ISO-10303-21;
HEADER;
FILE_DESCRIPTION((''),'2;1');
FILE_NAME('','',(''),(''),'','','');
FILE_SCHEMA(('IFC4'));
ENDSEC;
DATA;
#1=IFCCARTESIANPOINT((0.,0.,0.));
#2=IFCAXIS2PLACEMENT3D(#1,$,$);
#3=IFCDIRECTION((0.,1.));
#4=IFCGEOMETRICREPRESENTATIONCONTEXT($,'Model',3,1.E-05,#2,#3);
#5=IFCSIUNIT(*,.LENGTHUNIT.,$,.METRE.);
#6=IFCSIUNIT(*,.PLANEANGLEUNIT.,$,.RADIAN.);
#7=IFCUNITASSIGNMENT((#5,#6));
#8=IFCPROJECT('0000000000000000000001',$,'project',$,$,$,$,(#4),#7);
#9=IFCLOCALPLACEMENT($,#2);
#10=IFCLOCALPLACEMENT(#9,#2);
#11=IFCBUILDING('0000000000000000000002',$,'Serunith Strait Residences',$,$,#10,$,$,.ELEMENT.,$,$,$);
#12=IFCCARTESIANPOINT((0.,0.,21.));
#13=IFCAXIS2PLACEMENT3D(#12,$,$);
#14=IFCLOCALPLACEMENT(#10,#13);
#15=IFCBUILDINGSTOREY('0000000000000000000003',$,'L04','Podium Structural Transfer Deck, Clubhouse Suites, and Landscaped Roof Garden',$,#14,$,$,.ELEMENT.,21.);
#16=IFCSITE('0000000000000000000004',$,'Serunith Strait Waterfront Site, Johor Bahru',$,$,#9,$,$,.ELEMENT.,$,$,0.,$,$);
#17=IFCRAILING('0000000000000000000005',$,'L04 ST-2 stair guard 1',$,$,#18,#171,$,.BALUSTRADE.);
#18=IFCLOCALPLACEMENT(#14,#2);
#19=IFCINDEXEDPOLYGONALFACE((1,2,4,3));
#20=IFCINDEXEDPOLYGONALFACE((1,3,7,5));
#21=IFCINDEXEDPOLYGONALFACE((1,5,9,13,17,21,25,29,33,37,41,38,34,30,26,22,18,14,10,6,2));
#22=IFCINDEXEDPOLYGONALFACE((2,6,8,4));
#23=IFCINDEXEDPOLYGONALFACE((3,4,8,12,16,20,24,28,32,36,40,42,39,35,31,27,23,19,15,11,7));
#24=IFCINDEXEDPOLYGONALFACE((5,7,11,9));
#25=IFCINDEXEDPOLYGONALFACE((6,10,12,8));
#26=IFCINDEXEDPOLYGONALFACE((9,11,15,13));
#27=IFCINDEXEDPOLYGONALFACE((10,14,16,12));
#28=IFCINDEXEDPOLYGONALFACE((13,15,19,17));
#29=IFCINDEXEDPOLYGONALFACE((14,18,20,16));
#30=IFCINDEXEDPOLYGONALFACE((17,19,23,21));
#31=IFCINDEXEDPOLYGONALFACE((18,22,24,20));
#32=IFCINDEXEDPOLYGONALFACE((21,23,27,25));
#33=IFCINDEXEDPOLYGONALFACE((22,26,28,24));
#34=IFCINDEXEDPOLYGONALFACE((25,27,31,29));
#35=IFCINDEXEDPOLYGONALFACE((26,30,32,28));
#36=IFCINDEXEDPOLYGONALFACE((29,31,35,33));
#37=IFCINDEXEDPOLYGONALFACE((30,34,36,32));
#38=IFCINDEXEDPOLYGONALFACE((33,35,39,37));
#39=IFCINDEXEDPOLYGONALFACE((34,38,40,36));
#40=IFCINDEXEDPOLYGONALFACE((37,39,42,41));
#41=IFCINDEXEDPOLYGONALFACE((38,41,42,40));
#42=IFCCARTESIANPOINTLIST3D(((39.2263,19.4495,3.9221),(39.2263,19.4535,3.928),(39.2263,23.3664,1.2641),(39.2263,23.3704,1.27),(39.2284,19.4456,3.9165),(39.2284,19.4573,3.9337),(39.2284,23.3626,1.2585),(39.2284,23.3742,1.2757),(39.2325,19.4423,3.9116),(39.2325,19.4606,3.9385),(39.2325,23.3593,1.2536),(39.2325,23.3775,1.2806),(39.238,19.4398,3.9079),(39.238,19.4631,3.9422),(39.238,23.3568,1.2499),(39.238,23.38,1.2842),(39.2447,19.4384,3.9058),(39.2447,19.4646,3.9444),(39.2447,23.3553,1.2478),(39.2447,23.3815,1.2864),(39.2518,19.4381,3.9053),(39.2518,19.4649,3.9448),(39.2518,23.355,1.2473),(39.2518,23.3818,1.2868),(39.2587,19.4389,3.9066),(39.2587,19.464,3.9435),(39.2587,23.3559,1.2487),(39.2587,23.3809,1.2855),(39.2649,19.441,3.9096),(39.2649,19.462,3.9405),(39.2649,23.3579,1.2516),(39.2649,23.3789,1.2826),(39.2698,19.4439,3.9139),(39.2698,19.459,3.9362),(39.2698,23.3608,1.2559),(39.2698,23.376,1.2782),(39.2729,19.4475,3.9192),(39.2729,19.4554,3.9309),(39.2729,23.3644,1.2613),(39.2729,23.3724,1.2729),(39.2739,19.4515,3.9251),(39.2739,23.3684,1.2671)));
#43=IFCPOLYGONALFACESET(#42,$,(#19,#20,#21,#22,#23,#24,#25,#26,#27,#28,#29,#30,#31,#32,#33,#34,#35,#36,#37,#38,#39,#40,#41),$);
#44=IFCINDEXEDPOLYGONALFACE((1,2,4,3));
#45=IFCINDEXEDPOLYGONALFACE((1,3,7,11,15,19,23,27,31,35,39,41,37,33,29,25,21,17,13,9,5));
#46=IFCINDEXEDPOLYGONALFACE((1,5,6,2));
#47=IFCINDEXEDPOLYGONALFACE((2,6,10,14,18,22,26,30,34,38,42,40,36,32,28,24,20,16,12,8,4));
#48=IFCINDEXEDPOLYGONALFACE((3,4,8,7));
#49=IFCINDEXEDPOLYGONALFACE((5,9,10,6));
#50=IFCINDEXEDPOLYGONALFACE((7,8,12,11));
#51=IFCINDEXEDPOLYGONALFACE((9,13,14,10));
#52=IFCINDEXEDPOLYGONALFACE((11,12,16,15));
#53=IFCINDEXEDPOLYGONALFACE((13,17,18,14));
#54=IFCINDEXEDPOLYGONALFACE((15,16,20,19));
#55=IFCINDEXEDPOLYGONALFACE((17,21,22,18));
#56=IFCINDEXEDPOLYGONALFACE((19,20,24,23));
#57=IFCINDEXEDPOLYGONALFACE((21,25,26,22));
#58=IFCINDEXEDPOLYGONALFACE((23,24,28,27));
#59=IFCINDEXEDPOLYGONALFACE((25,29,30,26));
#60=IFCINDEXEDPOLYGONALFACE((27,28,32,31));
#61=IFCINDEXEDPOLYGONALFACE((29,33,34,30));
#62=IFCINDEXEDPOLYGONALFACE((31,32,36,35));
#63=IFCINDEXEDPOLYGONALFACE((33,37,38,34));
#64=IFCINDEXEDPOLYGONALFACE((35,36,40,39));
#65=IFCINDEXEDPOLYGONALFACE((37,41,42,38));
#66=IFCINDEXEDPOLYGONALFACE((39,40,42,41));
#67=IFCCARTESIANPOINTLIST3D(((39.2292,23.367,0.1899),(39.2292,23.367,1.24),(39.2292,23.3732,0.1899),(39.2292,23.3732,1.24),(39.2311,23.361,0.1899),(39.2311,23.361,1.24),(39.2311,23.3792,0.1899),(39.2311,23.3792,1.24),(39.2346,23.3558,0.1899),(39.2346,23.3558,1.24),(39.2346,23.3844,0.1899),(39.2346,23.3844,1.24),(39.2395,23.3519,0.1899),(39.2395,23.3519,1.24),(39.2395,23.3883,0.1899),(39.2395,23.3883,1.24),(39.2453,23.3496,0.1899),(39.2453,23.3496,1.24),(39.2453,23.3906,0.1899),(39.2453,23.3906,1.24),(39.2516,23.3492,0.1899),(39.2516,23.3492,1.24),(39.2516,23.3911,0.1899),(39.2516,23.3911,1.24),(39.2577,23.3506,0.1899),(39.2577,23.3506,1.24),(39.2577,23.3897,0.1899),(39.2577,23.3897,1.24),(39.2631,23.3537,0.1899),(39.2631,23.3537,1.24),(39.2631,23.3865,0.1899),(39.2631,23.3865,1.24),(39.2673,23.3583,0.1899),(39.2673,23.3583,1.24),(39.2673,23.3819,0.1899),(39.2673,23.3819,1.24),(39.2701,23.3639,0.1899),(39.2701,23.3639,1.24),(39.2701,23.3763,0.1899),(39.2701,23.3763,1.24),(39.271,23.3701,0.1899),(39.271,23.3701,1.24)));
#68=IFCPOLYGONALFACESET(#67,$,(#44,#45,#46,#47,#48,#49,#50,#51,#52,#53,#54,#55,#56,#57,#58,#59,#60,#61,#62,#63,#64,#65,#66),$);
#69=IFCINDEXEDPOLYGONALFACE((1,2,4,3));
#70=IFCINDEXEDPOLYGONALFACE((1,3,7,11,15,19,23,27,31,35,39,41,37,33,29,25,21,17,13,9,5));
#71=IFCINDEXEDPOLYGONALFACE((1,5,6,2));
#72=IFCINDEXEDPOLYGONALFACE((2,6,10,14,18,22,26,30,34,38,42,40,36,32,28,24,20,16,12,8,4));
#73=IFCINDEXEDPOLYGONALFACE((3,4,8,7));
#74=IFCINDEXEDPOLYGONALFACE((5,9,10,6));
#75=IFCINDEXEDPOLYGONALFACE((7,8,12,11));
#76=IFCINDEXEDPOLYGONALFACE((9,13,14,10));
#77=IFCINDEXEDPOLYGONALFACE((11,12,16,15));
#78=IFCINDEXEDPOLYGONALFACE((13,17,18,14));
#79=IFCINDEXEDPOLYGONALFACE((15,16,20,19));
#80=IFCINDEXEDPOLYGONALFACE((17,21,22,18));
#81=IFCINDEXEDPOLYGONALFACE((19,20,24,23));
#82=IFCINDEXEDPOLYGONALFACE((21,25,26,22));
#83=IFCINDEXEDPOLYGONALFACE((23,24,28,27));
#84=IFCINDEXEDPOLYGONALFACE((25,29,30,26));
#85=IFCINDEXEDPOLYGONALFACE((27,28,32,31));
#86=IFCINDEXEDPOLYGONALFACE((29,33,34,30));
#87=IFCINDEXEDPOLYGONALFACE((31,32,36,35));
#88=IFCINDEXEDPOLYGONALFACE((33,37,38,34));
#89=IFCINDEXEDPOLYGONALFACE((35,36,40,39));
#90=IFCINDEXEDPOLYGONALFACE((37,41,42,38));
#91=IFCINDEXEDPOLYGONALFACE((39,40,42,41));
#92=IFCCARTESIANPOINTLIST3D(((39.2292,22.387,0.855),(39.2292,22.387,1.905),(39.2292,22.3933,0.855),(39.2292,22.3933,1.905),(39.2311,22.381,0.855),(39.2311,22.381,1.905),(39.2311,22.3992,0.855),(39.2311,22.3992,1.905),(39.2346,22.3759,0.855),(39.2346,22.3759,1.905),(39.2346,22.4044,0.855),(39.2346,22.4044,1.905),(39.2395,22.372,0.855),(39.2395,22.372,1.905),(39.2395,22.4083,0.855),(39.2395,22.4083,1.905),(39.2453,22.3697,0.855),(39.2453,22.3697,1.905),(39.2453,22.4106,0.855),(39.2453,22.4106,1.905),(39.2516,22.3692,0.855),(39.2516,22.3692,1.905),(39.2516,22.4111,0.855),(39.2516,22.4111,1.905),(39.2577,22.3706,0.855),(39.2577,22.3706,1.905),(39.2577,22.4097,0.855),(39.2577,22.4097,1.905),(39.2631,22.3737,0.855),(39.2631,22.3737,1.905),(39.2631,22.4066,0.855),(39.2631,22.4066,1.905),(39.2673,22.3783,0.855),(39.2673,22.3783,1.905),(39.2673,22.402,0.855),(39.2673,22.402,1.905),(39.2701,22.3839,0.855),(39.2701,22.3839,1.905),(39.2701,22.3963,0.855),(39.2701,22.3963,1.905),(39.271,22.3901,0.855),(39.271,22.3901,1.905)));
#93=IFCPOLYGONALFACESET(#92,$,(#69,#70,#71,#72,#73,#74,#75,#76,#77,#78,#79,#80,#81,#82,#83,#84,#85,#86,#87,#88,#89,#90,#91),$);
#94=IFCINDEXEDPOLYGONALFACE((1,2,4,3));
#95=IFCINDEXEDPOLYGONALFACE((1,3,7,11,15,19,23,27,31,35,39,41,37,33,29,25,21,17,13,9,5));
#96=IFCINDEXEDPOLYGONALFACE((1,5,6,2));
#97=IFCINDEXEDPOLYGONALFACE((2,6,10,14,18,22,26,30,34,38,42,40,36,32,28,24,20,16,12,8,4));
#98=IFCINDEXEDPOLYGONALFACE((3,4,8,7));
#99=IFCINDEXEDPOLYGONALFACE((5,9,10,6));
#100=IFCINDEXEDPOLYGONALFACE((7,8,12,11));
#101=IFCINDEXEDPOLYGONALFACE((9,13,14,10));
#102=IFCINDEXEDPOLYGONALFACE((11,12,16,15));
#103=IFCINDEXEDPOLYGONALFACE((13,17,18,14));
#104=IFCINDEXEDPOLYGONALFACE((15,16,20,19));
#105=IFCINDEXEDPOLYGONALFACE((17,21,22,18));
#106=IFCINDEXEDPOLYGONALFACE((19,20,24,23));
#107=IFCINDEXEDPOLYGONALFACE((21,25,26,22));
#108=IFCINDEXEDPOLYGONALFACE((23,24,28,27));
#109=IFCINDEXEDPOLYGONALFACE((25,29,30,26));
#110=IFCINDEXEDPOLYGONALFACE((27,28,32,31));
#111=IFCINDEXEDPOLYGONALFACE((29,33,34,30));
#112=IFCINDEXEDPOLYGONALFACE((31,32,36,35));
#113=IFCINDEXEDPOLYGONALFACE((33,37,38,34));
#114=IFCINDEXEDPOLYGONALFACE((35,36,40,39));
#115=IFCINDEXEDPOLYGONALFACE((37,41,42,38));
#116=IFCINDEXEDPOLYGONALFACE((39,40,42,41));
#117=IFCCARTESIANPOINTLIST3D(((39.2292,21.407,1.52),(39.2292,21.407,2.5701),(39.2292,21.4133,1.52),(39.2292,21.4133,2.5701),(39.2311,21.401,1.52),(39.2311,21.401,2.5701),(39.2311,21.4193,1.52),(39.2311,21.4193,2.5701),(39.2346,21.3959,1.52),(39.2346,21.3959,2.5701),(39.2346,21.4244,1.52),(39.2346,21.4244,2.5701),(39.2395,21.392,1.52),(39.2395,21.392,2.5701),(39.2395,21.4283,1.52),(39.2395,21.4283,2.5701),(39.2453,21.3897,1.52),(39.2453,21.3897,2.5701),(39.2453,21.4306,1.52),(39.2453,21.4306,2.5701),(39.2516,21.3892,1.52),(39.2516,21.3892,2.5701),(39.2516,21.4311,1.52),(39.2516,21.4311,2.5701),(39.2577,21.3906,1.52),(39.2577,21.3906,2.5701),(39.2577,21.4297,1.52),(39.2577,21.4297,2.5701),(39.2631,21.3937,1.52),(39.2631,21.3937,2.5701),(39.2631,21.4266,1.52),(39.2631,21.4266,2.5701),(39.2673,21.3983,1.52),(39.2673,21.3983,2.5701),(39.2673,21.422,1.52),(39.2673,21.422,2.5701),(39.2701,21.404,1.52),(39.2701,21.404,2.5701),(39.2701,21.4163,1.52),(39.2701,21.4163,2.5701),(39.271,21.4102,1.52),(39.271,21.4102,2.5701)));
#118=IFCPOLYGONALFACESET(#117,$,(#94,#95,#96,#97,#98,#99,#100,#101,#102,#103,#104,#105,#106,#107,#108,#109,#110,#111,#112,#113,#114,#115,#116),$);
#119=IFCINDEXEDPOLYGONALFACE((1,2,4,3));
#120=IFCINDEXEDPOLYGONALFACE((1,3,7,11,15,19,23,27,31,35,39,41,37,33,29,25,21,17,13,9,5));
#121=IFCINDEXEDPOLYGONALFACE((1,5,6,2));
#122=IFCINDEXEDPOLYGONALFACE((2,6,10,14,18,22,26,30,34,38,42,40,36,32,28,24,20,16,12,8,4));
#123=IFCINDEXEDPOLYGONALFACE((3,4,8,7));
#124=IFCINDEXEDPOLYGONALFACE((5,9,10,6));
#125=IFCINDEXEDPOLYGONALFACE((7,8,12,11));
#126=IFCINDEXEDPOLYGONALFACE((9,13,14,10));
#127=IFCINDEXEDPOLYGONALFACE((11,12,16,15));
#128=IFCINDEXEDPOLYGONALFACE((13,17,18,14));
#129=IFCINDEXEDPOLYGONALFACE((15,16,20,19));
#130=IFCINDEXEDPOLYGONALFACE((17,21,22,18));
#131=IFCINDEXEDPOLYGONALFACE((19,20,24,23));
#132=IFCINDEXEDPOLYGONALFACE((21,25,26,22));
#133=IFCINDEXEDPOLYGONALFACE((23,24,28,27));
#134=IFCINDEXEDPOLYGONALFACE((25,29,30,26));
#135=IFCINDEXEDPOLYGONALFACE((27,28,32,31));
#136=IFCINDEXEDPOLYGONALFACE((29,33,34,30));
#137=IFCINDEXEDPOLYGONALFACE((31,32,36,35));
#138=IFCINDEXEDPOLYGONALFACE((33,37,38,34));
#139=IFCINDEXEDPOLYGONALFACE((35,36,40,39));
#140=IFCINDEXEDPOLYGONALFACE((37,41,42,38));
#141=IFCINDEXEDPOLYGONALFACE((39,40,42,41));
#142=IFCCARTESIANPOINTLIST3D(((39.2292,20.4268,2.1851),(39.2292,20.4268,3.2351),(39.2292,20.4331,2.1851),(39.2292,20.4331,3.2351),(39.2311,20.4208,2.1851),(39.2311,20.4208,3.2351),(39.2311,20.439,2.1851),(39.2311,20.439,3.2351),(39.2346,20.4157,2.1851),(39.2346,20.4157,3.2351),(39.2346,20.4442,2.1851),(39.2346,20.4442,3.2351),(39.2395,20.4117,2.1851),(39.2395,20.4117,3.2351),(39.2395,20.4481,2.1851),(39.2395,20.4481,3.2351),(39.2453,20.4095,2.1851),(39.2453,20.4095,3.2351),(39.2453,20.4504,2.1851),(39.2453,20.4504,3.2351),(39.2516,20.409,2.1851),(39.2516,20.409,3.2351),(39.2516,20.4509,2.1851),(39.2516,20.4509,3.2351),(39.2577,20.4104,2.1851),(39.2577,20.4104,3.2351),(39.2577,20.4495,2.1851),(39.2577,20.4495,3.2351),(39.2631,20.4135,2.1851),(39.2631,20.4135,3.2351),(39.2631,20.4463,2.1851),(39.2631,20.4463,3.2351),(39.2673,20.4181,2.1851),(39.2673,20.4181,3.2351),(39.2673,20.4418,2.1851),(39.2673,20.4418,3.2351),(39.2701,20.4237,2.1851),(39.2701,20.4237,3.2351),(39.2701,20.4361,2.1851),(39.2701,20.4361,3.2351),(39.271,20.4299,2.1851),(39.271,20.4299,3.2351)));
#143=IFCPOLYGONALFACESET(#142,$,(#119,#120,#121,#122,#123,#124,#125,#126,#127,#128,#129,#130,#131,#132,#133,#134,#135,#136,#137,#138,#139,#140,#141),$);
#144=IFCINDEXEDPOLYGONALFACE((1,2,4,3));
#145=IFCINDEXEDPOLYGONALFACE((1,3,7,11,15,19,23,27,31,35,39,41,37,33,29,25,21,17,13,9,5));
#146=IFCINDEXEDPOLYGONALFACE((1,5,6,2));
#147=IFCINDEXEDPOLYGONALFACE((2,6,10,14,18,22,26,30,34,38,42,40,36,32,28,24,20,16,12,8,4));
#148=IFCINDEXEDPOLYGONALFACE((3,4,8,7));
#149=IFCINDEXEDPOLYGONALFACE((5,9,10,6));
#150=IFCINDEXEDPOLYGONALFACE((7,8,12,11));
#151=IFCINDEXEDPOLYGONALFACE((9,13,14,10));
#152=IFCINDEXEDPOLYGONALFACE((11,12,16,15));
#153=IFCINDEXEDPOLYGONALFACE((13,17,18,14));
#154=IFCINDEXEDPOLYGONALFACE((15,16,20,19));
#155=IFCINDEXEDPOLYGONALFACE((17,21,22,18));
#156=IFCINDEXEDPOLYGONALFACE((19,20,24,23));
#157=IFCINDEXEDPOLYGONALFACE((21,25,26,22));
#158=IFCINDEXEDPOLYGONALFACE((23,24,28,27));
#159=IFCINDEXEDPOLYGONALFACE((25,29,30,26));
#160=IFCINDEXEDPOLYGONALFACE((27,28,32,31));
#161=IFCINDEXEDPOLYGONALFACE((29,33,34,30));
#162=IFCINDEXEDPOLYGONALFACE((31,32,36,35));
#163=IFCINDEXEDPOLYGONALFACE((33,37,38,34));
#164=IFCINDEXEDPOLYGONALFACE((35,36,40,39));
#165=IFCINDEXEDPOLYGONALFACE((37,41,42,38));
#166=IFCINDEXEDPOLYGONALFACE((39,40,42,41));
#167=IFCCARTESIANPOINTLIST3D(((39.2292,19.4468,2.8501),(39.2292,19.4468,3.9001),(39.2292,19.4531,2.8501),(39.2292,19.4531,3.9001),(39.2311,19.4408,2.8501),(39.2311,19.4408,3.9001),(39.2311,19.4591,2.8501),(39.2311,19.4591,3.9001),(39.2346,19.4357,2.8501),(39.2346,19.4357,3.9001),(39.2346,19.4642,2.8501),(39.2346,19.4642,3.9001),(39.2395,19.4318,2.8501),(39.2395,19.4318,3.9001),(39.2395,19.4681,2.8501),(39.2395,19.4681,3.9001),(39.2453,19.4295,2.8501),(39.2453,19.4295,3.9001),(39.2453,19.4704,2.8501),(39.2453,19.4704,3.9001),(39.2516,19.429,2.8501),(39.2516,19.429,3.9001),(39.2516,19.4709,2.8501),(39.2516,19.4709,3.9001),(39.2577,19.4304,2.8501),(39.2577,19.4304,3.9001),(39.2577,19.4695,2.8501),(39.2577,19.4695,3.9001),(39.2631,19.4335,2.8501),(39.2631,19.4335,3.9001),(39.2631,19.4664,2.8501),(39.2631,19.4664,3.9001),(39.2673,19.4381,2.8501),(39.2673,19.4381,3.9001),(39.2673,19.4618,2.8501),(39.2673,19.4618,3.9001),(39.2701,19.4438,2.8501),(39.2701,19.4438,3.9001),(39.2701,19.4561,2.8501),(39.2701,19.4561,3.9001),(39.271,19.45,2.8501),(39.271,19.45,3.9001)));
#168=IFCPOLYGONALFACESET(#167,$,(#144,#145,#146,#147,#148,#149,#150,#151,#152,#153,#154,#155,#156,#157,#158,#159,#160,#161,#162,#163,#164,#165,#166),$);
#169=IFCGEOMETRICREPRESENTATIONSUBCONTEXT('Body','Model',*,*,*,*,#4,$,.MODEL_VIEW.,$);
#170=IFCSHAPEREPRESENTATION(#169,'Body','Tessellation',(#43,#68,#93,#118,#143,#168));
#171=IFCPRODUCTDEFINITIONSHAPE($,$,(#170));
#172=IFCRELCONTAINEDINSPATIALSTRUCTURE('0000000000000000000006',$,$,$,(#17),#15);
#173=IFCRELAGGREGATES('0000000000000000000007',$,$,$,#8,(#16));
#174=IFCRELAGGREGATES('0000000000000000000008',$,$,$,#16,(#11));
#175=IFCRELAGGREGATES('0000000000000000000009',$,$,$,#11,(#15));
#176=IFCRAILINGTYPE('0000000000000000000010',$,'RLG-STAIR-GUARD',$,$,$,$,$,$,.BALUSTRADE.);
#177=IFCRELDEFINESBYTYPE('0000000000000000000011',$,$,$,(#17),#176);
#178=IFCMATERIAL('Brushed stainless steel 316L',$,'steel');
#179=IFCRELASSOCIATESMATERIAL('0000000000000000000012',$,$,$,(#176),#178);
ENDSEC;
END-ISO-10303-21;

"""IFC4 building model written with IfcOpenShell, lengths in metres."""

from ifc_helpers import new_model, si_unit, direction, frame, origin, origin_2d, place, context, subcontext, project, spatial, circle, extrude, material, type_object, element, save


model = new_model("IFC4")

# Units and contexts
model_context = context("Model", 3, precision=1e-05, world=origin(), true_north=direction((0.0, 1.0)))
body_context = subcontext(model_context, "Body", "Model", "MODEL_VIEW")
ifc_project = project(units=[si_unit("LENGTHUNIT", "METRE"), si_unit("PLANEANGLEUNIT", "RADIAN")], contexts=[model_context])

# Site, building, storey
site_placement = place(None, origin())
site = spatial("IfcSite", under=ifc_project, at=site_placement, Name="Serunith Strait Waterfront Site, Johor Bahru", CompositionType="ELEMENT", RefElevation=0.0)
building_placement = place(site_placement, origin())
building = spatial("IfcBuilding", under=site, at=building_placement, Name="Serunith Strait Residences", CompositionType="ELEMENT")
storey_placement = place(building_placement, frame((0.0, 0.0, 21.0)))
storey = spatial("IfcBuildingStorey", under=building, at=storey_placement, Name="L04", Description="Podium Structural Transfer Deck, Clubhouse Suites, and Landscaped Roof Garden", CompositionType="ELEMENT", Elevation=21.0)

# Railing
ifc_material_1 = material(Name="Brushed stainless steel 316L", Category="steel")
railing_type_1 = type_object("IfcRailingType", Name="RLG-STAIR-GUARD", PredefinedType="BALUSTRADE", material=ifc_material_1)
railing_1_placement = place(storey_placement, frame((39.25, 23.3701, 0.1899)))
element("IfcRailing", 1, at=railing_1_placement, inside=storey, type_object=railing_type_1, Name="L04 ST-2 stair guard 1", PredefinedType="BALUSTRADE", context=body_context, shape_type="SweptSolid", body=[
    extrude(circle(Radius=0.0239, at=origin_2d()), frame((0.0, -0.0017, 1.0771), z_axis=(0.0, -0.827471, 0.561508), x_axis=(1.0, 0.0, 0.0)), (0.0, 0.0, 1.0), 4.7336),
    extrude(circle(Radius=0.021, at=origin_2d()), origin(), (0.0, 0.0, 1.0), 1.05),
    extrude(circle(Radius=0.021, at=origin_2d()), frame((0.0, -0.98, 0.665)), (0.0, 0.0, 1.0), 1.05),
    extrude(circle(Radius=0.021, at=origin_2d()), frame((0.0, -1.96, 1.3301)), (0.0, 0.0, 1.0), 1.05),
    extrude(circle(Radius=0.021, at=origin_2d()), frame((0.0, -2.9402, 1.9951)), (0.0, 0.0, 1.0), 1.05),
    extrude(circle(Radius=0.021, at=origin_2d()), frame((0.0, -3.9202, 2.6602)), (0.0, 0.0, 1.0), 1.05),
])

save(model, "model.ifc")
